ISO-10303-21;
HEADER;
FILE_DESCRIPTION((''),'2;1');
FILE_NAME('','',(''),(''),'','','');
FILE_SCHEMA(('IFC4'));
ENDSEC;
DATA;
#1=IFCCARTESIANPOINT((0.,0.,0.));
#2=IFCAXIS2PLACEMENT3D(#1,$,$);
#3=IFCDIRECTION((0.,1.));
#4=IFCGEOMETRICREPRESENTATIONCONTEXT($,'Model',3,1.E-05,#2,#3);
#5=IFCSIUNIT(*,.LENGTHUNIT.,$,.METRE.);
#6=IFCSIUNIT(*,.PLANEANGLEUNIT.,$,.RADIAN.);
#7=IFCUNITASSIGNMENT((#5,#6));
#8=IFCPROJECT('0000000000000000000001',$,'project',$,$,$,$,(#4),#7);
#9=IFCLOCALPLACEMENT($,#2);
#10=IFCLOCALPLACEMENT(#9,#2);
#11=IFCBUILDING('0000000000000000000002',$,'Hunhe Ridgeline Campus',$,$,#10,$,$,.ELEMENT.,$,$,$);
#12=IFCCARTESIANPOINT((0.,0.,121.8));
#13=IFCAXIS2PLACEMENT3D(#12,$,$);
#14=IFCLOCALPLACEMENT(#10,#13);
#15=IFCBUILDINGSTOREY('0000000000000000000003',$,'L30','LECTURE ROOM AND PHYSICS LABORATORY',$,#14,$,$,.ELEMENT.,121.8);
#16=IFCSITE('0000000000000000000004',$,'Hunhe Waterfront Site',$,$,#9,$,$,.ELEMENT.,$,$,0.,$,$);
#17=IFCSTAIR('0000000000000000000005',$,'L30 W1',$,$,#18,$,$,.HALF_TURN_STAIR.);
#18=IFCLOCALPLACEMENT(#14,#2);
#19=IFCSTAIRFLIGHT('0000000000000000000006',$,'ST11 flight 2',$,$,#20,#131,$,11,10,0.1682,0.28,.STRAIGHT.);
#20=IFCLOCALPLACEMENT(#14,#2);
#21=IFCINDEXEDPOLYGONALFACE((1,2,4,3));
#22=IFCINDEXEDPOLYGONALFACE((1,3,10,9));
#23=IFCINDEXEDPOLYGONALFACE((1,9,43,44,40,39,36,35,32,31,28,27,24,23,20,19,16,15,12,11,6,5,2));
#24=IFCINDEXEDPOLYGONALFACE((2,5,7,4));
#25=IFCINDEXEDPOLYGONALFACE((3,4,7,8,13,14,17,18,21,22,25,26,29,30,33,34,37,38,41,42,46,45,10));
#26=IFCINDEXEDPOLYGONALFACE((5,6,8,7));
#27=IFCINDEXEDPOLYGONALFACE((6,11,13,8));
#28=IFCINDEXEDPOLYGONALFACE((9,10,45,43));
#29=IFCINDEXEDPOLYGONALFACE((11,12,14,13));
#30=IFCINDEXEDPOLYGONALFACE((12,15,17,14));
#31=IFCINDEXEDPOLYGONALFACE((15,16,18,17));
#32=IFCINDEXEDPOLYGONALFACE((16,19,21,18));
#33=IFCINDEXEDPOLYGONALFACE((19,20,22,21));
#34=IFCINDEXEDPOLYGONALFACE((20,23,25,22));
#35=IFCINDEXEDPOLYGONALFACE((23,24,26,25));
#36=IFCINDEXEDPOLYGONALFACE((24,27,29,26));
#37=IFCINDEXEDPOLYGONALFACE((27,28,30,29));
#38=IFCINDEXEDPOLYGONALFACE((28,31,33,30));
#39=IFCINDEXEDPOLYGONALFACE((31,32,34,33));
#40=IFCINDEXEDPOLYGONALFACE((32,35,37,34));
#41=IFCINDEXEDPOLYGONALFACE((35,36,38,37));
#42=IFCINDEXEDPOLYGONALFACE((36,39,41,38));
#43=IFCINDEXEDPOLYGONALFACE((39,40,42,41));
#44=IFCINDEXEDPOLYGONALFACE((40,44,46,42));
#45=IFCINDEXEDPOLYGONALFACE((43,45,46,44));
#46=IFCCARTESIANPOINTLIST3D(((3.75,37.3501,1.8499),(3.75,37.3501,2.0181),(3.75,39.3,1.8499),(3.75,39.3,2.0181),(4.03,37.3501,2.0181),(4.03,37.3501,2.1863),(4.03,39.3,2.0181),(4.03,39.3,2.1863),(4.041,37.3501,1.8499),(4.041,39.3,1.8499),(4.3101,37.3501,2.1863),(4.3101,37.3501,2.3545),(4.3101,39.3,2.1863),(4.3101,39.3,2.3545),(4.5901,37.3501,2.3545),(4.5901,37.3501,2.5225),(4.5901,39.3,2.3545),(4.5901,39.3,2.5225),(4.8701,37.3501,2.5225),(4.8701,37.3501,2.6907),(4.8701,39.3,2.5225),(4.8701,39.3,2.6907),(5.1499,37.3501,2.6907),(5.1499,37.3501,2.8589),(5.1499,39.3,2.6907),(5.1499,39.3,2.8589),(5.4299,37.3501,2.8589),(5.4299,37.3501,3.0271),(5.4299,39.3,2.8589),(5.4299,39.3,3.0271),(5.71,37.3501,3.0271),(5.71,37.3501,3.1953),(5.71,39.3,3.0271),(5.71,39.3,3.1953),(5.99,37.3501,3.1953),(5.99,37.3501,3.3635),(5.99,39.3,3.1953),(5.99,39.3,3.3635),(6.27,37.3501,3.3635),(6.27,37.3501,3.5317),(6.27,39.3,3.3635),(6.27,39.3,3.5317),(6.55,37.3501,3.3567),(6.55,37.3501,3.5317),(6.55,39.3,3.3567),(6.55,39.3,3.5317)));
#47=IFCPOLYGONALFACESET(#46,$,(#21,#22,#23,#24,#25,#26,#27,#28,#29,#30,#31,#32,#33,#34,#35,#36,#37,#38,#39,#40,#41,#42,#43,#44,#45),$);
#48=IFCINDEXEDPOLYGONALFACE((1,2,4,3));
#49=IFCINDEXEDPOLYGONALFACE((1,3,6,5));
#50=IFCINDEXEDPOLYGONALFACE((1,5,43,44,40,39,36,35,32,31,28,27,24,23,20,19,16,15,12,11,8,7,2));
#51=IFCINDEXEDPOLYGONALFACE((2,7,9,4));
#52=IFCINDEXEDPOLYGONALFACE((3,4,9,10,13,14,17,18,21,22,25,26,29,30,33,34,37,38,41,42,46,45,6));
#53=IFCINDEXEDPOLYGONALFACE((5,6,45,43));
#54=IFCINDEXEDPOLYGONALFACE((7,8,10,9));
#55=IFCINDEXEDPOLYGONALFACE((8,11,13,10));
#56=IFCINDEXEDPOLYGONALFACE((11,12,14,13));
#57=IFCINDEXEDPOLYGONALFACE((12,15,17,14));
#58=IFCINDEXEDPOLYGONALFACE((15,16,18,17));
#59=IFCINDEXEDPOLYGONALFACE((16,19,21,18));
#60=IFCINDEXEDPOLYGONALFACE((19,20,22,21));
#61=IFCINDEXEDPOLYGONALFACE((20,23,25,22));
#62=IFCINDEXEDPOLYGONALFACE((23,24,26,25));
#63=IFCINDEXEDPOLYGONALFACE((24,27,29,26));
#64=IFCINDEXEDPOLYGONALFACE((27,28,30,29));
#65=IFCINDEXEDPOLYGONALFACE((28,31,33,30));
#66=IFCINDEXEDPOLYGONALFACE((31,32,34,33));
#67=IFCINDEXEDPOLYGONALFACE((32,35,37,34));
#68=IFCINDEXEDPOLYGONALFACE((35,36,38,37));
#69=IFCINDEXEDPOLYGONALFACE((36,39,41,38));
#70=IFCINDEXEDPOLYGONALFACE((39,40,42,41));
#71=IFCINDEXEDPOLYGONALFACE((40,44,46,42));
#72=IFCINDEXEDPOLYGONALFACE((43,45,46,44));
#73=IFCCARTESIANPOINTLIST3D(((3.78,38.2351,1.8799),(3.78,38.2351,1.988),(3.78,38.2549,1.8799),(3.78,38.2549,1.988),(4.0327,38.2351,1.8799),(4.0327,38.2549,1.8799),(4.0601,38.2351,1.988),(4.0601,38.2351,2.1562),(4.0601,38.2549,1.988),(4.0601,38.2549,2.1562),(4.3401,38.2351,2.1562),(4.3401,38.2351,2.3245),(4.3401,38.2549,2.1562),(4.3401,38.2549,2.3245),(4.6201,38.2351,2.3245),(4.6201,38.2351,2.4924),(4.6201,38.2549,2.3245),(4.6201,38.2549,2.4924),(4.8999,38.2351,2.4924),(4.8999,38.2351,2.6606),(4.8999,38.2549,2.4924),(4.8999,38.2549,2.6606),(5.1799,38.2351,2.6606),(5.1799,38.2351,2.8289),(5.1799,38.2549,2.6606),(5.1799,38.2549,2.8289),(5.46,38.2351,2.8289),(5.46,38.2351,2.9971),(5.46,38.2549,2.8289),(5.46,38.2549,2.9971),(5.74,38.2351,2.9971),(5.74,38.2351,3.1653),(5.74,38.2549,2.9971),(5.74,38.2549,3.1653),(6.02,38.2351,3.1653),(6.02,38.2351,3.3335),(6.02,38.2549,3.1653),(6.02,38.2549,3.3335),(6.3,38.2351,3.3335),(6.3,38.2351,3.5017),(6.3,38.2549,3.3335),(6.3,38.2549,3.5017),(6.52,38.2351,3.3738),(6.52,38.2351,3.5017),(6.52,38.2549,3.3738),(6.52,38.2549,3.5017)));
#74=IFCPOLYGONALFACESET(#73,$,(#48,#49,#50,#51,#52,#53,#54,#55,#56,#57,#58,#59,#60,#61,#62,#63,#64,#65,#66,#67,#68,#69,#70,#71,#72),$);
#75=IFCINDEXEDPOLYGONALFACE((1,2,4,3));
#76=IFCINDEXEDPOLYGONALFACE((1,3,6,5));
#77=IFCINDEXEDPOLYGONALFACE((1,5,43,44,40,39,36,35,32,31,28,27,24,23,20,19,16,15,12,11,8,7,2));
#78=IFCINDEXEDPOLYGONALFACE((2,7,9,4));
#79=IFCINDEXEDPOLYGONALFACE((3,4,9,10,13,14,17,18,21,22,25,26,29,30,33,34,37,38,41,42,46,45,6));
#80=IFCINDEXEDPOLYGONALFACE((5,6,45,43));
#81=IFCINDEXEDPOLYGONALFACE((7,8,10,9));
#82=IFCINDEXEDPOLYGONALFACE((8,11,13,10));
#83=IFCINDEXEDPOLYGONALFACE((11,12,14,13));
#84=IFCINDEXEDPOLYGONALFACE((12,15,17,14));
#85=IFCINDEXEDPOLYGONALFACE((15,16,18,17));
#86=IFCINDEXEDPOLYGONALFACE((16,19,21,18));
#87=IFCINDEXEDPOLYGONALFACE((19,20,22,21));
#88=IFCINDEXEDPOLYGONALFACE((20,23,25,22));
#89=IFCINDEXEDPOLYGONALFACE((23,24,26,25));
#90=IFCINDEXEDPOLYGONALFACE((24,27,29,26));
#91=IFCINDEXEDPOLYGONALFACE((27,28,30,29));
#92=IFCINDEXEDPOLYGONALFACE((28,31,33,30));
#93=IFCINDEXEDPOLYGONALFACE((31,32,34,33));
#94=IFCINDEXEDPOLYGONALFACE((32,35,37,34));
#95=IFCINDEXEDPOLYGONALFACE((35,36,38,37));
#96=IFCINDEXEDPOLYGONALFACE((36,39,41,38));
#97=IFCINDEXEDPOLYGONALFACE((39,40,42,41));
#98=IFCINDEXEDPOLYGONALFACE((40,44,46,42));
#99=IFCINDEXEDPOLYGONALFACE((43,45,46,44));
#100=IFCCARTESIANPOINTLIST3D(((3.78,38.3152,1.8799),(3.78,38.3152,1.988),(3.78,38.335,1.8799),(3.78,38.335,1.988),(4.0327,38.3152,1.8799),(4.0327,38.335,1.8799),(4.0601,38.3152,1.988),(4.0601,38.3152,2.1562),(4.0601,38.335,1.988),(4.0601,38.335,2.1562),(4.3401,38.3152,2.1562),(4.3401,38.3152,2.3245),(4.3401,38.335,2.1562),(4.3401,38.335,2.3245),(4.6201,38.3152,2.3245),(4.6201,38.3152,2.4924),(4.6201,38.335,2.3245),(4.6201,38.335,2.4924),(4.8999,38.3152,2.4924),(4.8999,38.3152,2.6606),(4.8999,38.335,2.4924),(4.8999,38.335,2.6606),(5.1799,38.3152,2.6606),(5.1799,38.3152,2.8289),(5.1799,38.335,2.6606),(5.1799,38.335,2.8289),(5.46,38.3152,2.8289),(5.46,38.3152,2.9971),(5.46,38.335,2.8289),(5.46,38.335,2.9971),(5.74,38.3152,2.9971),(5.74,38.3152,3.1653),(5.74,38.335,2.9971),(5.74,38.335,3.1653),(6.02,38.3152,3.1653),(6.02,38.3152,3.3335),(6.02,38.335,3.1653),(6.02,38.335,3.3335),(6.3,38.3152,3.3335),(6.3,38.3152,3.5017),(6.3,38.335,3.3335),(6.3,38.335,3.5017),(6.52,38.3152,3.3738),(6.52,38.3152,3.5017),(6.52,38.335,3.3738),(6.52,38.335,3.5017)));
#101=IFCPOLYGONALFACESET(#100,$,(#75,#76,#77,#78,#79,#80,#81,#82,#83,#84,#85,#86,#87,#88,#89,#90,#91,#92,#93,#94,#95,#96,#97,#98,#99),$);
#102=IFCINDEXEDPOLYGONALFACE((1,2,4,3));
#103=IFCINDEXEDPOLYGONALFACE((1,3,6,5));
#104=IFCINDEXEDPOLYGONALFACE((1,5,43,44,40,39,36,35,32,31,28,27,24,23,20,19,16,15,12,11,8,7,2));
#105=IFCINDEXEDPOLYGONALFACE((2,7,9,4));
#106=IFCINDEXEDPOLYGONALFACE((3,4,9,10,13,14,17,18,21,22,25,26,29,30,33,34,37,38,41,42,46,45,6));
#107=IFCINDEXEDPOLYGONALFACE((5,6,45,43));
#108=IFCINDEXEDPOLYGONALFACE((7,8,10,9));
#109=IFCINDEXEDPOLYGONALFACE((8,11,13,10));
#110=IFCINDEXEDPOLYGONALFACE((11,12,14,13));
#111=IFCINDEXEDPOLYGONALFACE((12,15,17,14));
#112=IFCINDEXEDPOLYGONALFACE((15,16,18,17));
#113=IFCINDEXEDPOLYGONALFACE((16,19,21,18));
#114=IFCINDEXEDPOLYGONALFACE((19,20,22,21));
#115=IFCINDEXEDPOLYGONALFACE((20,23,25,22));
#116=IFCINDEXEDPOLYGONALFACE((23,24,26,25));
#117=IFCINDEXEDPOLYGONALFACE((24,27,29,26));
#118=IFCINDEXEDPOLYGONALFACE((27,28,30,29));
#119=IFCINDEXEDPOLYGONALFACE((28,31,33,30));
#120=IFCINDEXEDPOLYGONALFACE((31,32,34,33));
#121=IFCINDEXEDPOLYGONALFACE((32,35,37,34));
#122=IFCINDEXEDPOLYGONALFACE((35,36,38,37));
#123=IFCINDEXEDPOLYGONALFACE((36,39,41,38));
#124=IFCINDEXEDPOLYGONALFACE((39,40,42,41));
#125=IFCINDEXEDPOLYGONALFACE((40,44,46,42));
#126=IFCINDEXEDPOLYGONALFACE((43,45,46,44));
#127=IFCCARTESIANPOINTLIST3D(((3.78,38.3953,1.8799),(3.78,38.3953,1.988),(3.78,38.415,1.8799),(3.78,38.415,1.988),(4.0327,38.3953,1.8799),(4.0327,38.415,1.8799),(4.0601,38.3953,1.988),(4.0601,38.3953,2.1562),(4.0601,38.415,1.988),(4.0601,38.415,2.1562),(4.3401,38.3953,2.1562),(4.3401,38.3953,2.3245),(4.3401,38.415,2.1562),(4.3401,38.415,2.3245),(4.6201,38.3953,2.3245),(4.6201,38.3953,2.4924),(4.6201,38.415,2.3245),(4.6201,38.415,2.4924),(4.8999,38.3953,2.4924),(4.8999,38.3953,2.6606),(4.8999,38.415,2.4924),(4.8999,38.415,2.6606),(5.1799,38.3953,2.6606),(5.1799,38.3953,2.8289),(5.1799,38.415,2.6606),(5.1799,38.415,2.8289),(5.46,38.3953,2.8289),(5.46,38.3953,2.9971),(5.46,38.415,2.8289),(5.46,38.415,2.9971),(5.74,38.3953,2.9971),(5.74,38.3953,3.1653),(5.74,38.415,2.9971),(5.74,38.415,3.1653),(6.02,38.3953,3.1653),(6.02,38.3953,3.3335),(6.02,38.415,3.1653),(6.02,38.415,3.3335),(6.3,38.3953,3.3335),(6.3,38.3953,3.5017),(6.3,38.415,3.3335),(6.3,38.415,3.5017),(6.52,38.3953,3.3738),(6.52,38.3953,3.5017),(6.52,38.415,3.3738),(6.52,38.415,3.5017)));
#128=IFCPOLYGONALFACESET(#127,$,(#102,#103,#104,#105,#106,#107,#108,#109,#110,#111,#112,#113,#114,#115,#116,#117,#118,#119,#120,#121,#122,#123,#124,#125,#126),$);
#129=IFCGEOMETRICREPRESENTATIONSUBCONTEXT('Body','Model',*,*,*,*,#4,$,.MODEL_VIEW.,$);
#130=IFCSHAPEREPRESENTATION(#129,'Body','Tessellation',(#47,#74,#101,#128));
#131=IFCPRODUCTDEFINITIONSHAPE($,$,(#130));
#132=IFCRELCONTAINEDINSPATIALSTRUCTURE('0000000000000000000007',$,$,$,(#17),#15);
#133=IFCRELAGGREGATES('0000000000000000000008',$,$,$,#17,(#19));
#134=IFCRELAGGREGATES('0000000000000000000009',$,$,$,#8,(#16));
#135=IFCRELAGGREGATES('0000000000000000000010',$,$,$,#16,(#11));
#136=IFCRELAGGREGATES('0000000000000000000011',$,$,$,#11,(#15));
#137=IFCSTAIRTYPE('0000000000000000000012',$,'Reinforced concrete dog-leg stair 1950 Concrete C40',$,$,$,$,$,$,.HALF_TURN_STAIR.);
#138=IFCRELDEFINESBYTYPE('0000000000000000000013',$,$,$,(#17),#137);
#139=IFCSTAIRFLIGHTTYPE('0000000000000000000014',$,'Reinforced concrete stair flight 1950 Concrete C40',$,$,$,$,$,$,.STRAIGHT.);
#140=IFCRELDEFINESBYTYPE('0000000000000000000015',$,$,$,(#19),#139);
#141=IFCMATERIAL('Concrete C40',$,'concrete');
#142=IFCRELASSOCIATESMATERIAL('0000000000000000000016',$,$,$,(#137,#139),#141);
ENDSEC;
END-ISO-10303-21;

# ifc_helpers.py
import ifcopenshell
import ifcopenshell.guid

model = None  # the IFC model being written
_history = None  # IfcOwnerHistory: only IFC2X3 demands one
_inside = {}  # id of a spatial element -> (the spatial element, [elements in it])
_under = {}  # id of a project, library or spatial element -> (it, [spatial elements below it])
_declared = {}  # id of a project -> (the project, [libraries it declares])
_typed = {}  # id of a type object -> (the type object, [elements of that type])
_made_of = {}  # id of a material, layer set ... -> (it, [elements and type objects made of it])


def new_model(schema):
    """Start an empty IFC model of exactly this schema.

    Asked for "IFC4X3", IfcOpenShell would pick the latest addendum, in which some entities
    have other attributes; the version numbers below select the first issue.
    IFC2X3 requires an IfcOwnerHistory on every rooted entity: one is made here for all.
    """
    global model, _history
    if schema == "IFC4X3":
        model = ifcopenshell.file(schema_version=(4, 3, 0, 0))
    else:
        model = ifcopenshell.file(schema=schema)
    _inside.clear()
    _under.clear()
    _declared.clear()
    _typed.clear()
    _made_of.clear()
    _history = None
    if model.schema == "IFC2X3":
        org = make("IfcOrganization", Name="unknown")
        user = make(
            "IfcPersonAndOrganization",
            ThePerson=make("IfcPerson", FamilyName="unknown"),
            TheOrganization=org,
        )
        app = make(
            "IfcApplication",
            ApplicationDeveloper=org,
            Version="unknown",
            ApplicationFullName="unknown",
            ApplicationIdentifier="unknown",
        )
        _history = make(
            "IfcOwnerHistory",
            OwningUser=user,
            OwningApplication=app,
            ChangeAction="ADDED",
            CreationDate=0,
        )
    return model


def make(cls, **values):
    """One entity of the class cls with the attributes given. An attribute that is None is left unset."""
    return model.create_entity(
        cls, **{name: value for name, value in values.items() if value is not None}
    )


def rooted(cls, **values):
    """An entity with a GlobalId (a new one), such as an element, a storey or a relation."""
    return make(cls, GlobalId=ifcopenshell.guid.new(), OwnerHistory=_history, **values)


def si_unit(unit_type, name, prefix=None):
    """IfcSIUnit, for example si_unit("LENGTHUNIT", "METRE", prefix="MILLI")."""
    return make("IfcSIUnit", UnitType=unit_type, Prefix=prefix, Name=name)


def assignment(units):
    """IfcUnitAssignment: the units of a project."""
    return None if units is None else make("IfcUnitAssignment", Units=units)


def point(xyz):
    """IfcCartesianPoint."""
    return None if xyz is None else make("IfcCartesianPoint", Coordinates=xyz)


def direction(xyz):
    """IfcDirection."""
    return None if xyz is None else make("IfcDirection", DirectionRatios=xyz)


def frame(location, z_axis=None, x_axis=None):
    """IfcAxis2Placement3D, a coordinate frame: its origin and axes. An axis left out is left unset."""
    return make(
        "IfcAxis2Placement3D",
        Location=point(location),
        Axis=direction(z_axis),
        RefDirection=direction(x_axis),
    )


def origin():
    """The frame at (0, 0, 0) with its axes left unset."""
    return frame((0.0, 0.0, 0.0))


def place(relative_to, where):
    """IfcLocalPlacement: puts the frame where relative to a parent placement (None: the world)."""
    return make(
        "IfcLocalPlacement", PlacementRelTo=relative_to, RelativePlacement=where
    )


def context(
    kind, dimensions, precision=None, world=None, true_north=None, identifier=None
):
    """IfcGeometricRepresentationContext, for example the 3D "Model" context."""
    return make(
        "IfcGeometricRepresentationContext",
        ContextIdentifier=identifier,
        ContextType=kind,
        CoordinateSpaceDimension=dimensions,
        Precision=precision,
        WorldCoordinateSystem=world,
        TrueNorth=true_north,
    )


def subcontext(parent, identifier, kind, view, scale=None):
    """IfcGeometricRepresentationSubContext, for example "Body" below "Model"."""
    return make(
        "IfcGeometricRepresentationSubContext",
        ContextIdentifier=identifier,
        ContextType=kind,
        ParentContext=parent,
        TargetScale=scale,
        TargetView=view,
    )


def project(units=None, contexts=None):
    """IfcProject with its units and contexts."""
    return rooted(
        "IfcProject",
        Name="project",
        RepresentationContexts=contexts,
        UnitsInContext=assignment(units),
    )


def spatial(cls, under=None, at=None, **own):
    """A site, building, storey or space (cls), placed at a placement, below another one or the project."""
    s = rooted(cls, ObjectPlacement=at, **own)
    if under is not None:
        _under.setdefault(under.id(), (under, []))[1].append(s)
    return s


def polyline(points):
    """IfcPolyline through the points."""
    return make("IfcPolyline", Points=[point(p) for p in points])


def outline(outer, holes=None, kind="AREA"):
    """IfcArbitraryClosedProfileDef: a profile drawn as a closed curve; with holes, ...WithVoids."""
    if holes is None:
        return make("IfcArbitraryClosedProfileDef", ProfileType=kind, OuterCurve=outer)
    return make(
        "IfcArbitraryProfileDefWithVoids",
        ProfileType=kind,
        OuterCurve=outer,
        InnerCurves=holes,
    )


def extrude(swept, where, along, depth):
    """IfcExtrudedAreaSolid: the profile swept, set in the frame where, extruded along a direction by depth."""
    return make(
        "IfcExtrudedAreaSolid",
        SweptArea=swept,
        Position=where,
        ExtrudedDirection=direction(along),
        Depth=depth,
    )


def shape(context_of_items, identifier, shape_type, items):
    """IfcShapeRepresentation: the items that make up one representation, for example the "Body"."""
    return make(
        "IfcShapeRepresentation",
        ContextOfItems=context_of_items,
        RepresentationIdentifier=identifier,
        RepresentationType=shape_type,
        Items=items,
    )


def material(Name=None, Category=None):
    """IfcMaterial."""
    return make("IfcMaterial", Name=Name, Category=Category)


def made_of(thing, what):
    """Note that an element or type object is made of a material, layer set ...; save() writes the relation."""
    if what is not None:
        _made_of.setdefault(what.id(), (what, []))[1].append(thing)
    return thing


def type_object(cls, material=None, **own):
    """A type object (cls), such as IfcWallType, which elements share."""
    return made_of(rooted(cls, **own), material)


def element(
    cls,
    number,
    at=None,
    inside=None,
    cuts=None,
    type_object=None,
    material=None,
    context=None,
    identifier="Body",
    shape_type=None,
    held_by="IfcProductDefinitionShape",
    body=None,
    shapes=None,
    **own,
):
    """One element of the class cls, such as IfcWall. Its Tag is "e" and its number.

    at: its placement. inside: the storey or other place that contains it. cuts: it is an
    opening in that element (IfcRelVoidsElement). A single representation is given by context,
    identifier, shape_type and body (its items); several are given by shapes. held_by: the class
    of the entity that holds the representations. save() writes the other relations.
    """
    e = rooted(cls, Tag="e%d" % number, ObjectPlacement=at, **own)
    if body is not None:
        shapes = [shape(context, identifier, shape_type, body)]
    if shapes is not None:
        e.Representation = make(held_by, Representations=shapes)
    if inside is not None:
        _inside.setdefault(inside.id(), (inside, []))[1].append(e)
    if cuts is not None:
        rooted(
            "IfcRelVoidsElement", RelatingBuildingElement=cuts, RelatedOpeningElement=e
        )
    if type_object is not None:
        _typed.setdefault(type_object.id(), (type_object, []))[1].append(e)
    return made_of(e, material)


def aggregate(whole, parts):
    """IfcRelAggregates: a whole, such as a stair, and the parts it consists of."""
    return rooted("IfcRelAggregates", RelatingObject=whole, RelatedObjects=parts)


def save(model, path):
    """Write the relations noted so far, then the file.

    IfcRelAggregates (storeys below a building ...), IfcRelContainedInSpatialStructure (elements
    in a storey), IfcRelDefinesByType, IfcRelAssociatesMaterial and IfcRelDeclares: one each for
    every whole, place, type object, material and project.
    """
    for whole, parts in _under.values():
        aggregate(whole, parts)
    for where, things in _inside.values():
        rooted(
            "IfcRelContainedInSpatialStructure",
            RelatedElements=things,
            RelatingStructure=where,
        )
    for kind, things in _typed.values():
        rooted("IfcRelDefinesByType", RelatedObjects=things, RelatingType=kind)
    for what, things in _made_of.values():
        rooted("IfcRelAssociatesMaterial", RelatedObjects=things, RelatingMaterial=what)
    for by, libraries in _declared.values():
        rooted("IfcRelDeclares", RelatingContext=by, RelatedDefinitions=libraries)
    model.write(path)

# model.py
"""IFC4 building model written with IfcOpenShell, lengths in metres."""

from ifc_helpers import new_model, si_unit, direction, frame, origin, place, context, subcontext, project, spatial, polyline, outline, extrude, material, type_object, element, aggregate, save


model = new_model("IFC4")

# Units and contexts
model_context = context("Model", 3, precision=1e-05, world=origin(), true_north=direction((0.0, 1.0)))
body_context = subcontext(model_context, "Body", "Model", "MODEL_VIEW")
ifc_project = project(units=[si_unit("LENGTHUNIT", "METRE"), si_unit("PLANEANGLEUNIT", "RADIAN")], contexts=[model_context])

# Site, building, storey
site_placement = place(None, origin())
site = spatial("IfcSite", under=ifc_project, at=site_placement, Name="Hunhe Waterfront Site", CompositionType="ELEMENT", RefElevation=0.0)
building_placement = place(site_placement, origin())
building = spatial("IfcBuilding", under=site, at=building_placement, Name="Hunhe Ridgeline Campus", CompositionType="ELEMENT")
storey_placement = place(building_placement, frame((0.0, 0.0, 121.8)))
storey = spatial("IfcBuildingStorey", under=building, at=storey_placement, Name="L30", Description="LECTURE ROOM AND PHYSICS LABORATORY", CompositionType="ELEMENT", Elevation=121.8)

# Stair, stair flight
ifc_material_1 = material(Name="Concrete C40", Category="concrete")
stair_type = type_object("IfcStairType", Name="Reinforced concrete dog-leg stair 1950 Concrete C40", PredefinedType="HALF_TURN_STAIR", material=ifc_material_1)
stair_placement = place(storey_placement, origin())
stair = element("IfcStair", 1, at=stair_placement, inside=storey, type_object=stair_type, Name="L30 W1", PredefinedType="HALF_TURN_STAIR")
stair_flight_type = type_object("IfcStairFlightType", Name="Reinforced concrete stair flight 1950 Concrete C40", PredefinedType="STRAIGHT", material=ifc_material_1)
stair_flight_1_placement = place(storey_placement, frame((3.75, 38.325, 1.8499), z_axis=(0.0, 0.0, 1.0), x_axis=(1.0, 0.0, 0.0)))
stair_flight_1 = element("IfcStairFlight", 2, at=stair_flight_1_placement, type_object=stair_flight_type, Name="ST11 flight 2", NumberOfRisers=11, NumberOfTreads=10, PredefinedType="STRAIGHT", RiserHeight=0.1682, TreadLength=0.28, context=body_context, shape_type="SweptSolid", body=[
    extrude(outline(polyline([(0.0, 0.0), (0.0, 0.1682), (0.28, 0.1682), (0.28, 0.3364), (0.5601, 0.3364), (0.5601, 0.5046), (0.8401, 0.5046), (0.8401, 0.6726), (1.1201, 0.6726), (1.1201, 0.8408), (1.3999, 0.8408), (1.3999, 1.009), (1.6799, 1.009), (1.6799, 1.1772), (1.96, 1.1772), (1.96, 1.3455), (2.24, 1.3455), (2.24, 1.5137), (2.52, 1.5137), (2.52, 1.6819), (2.8, 1.6819), (2.8, 1.8501), (2.8, 1.5068), (0.291, 0.0), (0.0, 0.0)])), frame((0.0, 0.9751, 0.0), z_axis=(0.0, -1.0, 0.0), x_axis=(1.0, 0.0, 0.0)), (0.0, 0.0, 1.0), 1.95),
    extrude(outline(polyline([(0.03, 0.03), (0.03, 0.1382), (0.3101, 0.1382), (0.3101, 0.3064), (0.5901, 0.3064), (0.5901, 0.4746), (0.8701, 0.4746), (0.8701, 0.6426), (1.1499, 0.6426), (1.1499, 0.8108), (1.4299, 0.8108), (1.4299, 0.979), (1.71, 0.979), (1.71, 1.1472), (1.99, 1.1472), (1.99, 1.3154), (2.27, 1.3154), (2.27, 1.4836), (2.55, 1.4836), (2.55, 1.6519), (2.77, 1.6519), (2.77, 1.5239), (0.2827, 0.03), (0.03, 0.03)])), frame((0.0, -0.0701, 0.0), z_axis=(0.0, -1.0, 0.0), x_axis=(1.0, 0.0, 0.0)), (0.0, 0.0, 1.0), 0.0198),
    extrude(outline(polyline([(0.03, 0.03), (0.03, 0.1382), (0.3101, 0.1382), (0.3101, 0.3064), (0.5901, 0.3064), (0.5901, 0.4746), (0.8701, 0.4746), (0.8701, 0.6426), (1.1499, 0.6426), (1.1499, 0.8108), (1.4299, 0.8108), (1.4299, 0.979), (1.71, 0.979), (1.71, 1.1472), (1.99, 1.1472), (1.99, 1.3154), (2.27, 1.3154), (2.27, 1.4836), (2.55, 1.4836), (2.55, 1.6519), (2.77, 1.6519), (2.77, 1.5239), (0.2827, 0.03), (0.03, 0.03)])), frame((0.0, 0.01, 0.0), z_axis=(0.0, -1.0, 0.0), x_axis=(1.0, 0.0, 0.0)), (0.0, 0.0, 1.0), 0.0198),
    extrude(outline(polyline([(0.03, 0.03), (0.03, 0.1382), (0.3101, 0.1382), (0.3101, 0.3064), (0.5901, 0.3064), (0.5901, 0.4746), (0.8701, 0.4746), (0.8701, 0.6426), (1.1499, 0.6426), (1.1499, 0.8108), (1.4299, 0.8108), (1.4299, 0.979), (1.71, 0.979), (1.71, 1.1472), (1.99, 1.1472), (1.99, 1.3154), (2.27, 1.3154), (2.27, 1.4836), (2.55, 1.4836), (2.55, 1.6519), (2.77, 1.6519), (2.77, 1.5239), (0.2827, 0.03), (0.03, 0.03)])), frame((0.0, 0.0901, 0.0), z_axis=(0.0, -1.0, 0.0), x_axis=(1.0, 0.0, 0.0)), (0.0, 0.0, 1.0), 0.0198),
])
aggregate(stair, [stair_flight_1])

save(model, "model.ifc")
